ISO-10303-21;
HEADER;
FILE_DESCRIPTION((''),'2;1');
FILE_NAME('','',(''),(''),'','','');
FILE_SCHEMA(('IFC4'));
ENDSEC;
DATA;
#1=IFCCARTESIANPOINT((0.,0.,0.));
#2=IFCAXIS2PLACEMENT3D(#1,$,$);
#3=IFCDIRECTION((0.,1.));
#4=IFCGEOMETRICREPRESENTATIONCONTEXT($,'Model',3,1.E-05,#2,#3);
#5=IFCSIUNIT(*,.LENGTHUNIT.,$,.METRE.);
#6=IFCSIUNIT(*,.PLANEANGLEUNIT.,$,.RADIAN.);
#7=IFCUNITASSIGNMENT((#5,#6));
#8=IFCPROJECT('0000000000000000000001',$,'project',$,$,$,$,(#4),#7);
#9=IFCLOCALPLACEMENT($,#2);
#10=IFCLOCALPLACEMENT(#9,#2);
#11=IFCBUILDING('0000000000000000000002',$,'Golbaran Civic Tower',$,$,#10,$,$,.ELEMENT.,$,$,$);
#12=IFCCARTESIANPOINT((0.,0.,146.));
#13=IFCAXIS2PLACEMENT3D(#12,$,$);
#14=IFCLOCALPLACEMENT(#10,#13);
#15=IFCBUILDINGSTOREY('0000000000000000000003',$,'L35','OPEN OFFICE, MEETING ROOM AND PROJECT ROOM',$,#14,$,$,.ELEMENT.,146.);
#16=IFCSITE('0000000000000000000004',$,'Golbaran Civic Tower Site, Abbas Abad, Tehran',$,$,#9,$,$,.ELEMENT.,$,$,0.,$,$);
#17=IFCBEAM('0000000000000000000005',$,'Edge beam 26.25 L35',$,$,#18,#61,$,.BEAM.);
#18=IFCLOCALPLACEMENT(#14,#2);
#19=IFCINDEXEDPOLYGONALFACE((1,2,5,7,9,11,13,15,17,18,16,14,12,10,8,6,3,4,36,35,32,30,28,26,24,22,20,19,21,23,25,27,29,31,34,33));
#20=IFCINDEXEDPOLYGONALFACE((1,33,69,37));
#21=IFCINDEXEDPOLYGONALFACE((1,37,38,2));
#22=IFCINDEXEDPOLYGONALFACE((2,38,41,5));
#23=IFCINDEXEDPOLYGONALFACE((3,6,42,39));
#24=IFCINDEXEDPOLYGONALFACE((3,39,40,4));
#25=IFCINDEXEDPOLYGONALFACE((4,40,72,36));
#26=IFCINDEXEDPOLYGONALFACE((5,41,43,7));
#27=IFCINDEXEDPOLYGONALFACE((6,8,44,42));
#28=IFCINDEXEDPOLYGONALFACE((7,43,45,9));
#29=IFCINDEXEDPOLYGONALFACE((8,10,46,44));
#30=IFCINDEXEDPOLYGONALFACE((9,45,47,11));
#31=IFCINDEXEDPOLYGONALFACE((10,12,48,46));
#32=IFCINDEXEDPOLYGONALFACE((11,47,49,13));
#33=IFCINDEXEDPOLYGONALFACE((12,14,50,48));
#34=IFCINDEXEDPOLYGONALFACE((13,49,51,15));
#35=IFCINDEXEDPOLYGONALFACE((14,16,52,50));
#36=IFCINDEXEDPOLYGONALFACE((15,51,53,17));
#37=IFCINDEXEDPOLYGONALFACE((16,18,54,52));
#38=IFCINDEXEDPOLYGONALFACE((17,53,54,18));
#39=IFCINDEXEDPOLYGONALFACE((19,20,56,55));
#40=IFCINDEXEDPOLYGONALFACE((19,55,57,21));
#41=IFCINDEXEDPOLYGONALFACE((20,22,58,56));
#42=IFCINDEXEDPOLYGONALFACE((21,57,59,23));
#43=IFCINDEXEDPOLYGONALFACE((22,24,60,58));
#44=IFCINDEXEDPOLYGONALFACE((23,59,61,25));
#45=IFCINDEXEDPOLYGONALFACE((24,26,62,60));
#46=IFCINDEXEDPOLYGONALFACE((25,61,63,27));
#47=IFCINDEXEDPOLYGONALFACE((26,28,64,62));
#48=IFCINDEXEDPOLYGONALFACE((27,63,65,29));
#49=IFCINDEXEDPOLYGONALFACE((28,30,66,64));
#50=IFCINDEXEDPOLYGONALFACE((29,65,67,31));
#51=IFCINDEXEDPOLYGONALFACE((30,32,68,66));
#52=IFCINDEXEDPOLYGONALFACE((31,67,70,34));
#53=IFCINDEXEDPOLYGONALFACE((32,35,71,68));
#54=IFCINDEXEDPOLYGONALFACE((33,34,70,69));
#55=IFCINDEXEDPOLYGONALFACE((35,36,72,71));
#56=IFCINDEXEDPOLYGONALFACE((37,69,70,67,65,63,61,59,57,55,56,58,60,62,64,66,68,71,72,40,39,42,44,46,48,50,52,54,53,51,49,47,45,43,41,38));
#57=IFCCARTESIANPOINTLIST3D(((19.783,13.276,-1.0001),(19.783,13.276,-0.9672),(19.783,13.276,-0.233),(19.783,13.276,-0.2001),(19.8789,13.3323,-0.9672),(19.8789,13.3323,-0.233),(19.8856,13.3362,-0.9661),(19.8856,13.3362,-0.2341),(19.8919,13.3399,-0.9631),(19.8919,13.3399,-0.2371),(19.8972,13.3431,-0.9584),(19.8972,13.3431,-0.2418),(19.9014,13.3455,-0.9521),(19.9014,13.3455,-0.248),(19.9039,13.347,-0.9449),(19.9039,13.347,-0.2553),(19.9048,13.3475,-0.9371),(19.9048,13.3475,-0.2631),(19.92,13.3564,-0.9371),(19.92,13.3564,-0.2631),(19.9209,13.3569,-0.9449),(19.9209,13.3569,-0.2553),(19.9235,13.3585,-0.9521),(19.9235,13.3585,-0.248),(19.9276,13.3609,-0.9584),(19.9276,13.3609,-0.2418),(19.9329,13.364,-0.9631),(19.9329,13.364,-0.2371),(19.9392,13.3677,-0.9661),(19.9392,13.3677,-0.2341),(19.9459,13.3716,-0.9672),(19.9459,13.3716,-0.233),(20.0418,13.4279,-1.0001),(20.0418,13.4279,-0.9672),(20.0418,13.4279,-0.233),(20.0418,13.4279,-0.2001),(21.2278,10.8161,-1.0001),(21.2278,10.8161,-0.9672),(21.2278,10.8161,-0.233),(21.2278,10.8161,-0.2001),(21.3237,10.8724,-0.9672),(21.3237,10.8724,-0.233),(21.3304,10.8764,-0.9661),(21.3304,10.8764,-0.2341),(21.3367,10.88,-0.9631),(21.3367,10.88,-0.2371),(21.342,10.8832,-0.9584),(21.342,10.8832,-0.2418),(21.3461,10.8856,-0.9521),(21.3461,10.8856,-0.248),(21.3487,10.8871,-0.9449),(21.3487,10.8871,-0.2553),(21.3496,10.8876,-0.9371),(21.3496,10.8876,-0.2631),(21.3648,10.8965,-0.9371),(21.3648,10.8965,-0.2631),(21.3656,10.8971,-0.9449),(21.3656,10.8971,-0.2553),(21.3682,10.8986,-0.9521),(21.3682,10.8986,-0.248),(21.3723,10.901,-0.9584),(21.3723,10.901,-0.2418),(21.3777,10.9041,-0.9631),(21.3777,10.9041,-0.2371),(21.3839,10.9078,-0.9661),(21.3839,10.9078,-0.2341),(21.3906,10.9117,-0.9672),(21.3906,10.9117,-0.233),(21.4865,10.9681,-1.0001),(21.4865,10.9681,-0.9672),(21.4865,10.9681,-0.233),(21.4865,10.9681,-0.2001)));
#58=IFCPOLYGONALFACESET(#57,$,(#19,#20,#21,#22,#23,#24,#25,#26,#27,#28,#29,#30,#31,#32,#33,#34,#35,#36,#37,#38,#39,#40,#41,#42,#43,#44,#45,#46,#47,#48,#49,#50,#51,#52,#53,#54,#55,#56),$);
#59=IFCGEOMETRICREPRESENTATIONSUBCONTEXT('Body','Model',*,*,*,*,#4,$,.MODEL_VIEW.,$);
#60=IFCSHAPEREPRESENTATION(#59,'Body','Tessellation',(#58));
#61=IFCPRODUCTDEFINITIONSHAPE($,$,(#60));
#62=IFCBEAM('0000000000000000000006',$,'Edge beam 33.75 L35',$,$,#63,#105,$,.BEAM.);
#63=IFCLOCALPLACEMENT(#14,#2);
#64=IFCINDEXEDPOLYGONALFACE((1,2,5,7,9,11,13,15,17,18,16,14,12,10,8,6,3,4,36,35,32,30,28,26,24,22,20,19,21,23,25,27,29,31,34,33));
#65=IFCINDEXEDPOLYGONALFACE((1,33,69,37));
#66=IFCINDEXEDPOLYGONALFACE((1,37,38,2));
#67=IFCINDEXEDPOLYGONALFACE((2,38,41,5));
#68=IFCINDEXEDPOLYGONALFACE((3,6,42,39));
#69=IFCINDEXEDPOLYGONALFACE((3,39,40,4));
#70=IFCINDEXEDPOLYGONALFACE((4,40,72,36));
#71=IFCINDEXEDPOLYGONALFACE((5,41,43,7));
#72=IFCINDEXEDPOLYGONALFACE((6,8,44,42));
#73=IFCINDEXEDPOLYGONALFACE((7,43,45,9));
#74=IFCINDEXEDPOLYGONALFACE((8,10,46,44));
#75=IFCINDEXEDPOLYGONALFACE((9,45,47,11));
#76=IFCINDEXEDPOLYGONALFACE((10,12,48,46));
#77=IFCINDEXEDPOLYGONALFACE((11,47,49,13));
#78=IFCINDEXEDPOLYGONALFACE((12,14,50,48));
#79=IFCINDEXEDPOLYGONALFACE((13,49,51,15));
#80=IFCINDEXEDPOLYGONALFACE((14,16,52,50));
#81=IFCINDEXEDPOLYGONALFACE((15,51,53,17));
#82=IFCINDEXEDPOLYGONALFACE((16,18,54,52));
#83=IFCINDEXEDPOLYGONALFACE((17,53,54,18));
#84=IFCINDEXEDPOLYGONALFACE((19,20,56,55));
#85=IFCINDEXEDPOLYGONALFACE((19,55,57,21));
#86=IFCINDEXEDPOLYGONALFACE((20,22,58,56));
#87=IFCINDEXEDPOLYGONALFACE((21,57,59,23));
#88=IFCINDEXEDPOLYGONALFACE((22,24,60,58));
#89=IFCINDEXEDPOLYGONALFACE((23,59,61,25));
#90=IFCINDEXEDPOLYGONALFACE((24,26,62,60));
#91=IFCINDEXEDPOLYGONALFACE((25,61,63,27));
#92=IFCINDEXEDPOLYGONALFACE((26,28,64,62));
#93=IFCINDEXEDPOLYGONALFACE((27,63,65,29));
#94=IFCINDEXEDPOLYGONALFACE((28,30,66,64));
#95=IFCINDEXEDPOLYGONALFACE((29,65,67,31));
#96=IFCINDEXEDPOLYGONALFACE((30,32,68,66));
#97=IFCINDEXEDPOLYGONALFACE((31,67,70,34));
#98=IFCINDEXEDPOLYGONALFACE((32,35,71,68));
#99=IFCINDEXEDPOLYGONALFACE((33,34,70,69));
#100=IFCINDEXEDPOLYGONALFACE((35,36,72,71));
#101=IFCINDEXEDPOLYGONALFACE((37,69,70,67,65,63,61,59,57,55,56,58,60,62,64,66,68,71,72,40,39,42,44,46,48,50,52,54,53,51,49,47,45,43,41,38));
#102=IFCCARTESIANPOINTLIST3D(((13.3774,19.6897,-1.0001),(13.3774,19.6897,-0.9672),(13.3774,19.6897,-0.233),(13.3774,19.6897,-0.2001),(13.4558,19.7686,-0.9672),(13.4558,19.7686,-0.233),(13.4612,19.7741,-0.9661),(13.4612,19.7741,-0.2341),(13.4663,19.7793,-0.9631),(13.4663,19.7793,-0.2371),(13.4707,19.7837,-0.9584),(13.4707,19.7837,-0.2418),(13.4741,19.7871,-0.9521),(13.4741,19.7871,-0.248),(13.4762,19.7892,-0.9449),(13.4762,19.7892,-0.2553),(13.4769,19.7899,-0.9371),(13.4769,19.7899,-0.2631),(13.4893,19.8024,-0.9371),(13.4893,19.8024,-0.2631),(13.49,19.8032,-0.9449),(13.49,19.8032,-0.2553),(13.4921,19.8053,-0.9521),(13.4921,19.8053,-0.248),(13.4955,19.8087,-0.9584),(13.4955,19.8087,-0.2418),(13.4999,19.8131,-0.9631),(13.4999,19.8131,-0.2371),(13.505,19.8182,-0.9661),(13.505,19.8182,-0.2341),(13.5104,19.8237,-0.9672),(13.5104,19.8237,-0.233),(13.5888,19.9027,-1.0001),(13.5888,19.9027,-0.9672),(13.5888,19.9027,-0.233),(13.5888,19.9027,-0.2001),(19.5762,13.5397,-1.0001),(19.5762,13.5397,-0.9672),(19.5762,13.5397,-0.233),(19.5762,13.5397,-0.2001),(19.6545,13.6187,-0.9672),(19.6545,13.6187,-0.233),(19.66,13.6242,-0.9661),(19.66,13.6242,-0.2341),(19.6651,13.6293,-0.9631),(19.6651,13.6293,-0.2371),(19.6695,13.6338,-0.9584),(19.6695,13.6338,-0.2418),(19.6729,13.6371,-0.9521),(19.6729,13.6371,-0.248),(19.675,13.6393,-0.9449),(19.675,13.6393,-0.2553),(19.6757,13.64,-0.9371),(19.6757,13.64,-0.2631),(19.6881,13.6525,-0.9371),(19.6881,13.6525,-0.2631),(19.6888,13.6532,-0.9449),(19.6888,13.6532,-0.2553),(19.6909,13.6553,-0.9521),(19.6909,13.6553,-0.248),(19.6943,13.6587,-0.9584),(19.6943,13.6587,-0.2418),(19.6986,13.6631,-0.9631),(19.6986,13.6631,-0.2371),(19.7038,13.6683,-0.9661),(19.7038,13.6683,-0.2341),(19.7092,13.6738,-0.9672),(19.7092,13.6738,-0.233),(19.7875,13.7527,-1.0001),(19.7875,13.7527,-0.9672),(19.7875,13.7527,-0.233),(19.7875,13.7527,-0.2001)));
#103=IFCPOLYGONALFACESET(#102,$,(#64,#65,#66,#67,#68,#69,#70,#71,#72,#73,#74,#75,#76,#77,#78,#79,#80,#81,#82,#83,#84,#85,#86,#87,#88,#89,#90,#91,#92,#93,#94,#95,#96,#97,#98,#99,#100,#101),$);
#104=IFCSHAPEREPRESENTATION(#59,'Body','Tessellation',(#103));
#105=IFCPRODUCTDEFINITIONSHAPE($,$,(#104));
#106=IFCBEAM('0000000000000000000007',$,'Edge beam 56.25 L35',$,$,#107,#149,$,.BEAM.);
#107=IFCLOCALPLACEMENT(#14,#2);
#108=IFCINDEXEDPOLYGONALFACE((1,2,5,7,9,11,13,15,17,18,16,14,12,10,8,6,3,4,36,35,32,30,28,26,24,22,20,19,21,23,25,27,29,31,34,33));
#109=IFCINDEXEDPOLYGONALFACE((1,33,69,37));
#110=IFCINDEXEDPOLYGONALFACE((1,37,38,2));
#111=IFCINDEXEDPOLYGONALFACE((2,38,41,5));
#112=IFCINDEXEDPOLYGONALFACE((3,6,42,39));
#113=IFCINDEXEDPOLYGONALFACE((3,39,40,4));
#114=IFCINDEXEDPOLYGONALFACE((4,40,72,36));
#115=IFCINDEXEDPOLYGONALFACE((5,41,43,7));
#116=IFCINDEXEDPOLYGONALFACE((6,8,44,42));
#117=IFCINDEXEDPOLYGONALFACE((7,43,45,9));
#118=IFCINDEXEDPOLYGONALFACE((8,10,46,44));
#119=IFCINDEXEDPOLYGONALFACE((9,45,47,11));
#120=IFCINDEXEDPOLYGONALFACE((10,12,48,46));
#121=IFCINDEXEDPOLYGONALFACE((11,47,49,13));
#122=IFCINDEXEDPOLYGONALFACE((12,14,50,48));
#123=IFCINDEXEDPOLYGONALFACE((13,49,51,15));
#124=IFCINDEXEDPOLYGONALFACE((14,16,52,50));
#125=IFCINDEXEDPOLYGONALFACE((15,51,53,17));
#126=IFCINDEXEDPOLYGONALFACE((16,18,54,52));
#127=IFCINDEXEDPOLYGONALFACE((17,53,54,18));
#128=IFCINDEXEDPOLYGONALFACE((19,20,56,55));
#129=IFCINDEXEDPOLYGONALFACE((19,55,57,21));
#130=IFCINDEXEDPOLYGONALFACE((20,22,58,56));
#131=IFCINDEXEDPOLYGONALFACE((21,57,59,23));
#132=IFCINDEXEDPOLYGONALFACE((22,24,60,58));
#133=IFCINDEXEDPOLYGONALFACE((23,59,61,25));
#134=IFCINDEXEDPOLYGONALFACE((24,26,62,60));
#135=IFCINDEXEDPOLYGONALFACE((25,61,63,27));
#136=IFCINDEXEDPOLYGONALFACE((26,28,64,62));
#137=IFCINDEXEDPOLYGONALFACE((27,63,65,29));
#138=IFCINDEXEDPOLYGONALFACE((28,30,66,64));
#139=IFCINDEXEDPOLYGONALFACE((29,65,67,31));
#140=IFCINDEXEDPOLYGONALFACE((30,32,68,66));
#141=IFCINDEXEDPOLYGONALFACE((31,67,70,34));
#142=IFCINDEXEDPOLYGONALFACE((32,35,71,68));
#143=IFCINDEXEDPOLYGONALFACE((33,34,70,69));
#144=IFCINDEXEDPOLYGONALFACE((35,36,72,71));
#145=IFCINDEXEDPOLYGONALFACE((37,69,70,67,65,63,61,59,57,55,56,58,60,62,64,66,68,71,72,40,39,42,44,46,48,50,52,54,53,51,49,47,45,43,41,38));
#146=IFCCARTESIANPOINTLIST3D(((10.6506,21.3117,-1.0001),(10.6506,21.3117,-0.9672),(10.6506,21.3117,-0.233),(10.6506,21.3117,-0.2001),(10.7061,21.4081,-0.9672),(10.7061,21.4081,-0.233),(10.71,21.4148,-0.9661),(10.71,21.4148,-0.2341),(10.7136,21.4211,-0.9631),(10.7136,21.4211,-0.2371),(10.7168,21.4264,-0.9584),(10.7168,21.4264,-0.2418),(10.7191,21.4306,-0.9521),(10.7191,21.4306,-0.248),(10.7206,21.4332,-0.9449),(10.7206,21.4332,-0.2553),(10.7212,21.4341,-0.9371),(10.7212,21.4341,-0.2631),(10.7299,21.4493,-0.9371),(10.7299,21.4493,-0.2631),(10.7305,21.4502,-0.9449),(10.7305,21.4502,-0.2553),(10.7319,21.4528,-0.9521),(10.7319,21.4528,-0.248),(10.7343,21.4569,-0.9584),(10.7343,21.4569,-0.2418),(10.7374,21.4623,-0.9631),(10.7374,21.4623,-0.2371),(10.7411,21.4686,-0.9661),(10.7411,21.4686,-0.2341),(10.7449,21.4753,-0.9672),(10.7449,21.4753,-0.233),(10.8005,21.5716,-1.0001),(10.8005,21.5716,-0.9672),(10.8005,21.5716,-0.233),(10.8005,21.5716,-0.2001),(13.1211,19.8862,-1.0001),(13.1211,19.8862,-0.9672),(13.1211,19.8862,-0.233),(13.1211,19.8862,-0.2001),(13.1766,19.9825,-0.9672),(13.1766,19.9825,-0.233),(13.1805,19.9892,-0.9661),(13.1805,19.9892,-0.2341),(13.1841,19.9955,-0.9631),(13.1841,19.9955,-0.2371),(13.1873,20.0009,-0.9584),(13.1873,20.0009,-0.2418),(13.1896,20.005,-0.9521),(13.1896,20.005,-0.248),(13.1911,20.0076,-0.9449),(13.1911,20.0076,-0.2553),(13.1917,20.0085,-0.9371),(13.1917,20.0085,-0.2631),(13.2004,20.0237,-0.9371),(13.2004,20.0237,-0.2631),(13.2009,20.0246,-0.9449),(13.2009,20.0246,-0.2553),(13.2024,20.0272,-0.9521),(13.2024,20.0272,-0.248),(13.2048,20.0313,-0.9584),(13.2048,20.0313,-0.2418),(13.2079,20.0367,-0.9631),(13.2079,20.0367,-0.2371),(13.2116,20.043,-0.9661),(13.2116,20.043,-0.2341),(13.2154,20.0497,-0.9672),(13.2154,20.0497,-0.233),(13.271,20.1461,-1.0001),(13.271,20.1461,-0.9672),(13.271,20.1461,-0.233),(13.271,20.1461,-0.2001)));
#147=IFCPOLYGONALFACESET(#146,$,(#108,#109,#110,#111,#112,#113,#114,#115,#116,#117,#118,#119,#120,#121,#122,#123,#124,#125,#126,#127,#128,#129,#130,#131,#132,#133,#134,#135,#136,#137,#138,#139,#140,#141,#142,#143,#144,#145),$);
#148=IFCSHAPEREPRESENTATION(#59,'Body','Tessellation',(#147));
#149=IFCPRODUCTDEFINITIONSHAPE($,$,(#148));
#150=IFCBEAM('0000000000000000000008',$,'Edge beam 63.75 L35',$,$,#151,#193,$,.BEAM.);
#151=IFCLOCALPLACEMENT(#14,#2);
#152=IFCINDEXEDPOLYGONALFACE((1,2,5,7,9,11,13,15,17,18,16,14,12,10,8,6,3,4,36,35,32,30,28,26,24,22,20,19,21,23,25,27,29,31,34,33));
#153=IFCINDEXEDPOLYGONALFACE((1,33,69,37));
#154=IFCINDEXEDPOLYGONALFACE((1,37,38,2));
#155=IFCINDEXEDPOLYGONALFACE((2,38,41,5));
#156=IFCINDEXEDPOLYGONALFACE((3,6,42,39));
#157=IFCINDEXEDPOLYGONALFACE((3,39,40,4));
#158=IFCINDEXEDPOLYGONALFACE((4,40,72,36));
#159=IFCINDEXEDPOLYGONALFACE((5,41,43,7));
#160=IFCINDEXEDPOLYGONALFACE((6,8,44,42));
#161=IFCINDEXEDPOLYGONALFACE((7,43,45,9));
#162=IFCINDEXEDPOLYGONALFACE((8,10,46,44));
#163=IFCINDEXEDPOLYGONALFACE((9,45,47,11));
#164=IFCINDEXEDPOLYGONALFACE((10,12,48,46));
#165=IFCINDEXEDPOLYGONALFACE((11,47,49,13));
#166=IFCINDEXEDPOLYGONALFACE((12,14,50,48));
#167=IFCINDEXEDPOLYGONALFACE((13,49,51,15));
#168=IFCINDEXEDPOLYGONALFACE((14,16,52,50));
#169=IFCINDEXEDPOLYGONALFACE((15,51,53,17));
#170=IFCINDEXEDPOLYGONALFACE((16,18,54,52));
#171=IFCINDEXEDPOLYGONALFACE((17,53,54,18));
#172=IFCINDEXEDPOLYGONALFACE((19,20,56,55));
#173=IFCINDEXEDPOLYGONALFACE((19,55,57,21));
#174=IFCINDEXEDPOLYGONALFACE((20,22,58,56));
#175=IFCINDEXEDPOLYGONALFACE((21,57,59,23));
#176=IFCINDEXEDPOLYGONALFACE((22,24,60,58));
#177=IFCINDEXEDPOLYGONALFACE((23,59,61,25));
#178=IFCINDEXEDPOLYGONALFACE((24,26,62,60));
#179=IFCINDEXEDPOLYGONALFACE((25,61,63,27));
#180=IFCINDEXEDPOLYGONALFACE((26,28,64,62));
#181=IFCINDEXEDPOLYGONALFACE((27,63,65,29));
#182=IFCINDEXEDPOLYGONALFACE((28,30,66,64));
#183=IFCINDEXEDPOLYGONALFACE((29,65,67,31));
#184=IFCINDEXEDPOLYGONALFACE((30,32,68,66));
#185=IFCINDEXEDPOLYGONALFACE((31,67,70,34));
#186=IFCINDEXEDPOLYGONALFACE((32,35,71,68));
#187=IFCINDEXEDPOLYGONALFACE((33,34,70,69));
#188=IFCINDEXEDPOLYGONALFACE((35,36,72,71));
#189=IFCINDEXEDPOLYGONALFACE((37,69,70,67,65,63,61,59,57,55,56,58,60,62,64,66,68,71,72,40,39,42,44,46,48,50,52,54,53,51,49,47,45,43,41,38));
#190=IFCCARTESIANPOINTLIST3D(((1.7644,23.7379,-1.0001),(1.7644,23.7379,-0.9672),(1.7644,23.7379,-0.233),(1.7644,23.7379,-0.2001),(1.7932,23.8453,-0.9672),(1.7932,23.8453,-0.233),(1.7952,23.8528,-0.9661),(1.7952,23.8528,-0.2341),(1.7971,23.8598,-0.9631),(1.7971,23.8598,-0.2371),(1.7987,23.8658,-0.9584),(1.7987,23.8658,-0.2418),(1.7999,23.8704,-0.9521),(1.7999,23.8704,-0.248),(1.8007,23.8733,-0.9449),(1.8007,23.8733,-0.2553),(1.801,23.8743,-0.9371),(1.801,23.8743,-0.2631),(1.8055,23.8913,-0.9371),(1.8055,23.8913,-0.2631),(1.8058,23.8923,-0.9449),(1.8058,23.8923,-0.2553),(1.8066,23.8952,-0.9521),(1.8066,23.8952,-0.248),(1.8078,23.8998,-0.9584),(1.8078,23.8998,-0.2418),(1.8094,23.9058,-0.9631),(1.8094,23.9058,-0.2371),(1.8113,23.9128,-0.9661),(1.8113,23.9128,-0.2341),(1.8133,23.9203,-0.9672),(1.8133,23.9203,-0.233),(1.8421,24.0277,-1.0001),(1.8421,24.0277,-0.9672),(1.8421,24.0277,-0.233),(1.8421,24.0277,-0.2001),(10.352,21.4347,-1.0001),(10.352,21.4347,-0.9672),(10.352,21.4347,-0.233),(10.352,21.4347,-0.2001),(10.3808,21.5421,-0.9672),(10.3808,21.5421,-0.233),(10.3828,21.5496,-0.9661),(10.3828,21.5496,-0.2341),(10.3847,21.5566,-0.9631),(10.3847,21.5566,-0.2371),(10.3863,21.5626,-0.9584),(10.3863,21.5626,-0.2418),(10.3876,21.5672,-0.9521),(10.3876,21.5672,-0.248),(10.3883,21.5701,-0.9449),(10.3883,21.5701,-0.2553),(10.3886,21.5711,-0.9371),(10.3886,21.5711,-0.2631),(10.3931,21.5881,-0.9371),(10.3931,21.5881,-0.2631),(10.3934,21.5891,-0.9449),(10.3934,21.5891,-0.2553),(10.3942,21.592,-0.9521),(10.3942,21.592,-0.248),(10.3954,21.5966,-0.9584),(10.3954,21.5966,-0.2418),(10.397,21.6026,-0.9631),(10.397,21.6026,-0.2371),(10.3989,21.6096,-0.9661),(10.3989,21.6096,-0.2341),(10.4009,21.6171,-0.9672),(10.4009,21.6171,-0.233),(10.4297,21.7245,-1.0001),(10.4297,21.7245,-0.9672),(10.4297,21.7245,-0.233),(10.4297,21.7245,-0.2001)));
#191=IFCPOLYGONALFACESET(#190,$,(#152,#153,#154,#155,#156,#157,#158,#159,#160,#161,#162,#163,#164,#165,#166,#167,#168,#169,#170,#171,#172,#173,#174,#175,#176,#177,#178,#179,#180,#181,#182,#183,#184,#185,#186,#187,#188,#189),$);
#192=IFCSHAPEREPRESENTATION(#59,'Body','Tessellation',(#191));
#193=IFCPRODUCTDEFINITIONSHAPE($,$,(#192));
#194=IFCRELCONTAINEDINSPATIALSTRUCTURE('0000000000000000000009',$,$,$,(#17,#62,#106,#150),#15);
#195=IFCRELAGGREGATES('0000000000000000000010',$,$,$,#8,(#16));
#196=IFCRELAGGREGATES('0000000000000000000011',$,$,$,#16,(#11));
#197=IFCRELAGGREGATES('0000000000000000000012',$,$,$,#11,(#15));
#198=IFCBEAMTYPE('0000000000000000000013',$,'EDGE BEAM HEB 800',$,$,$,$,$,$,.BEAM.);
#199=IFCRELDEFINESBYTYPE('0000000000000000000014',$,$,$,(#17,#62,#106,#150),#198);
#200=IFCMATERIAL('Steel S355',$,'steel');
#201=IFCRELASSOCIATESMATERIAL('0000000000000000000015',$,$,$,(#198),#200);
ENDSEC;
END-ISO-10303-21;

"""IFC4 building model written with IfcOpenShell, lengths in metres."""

from ifc_helpers import new_model, si_unit, direction, frame, origin, origin_2d, place, context, subcontext, project, spatial, i_section, extrude, material, material_profile, profile_set, type_object, element, save


model = new_model("IFC4")

# Units and contexts
model_context = context("Model", 3, precision=1e-05, world=origin(), true_north=direction((0.0, 1.0)))
body_context = subcontext(model_context, "Body", "Model", "MODEL_VIEW")
ifc_project = project(units=[si_unit("LENGTHUNIT", "METRE"), si_unit("PLANEANGLEUNIT", "RADIAN")], contexts=[model_context])

# Site, building, storey
site_placement = place(None, origin())
site = spatial("IfcSite", under=ifc_project, at=site_placement, Name="Golbaran Civic Tower Site, Abbas Abad, Tehran", CompositionType="ELEMENT", RefElevation=0.0)
building_placement = place(site_placement, origin())
building = spatial("IfcBuilding", under=site, at=building_placement, Name="Golbaran Civic Tower", CompositionType="ELEMENT")
storey_placement = place(building_placement, frame((0.0, 0.0, 146.0)))
storey = spatial("IfcBuildingStorey", under=building, at=storey_placement, Name="L35", Description="OPEN OFFICE, MEETING ROOM AND PROJECT ROOM", CompositionType="ELEMENT", Elevation=146.0)

# Beams
ifc_material_1 = material(Name="Steel S355", Category="steel")
ifc_material_profile_1 = material_profile(ifc_material_1, i_section(OverallWidth=0.3, OverallDepth=0.8, WebThickness=0.0176, FlangeThickness=0.033, FilletRadius=0.03, at=origin_2d()), Name="HEB 800")
ifc_profile_set_1 = profile_set([ifc_material_profile_1], Name="Steel S355")
beam_type_1 = type_object("IfcBeamType", Name="EDGE BEAM HEB 800", PredefinedType="BEAM", material=ifc_profile_set_1)
beam_1_placement = place(storey_placement, frame((21.3572, 10.8921, -0.6001), z_axis=(-0.506444, 0.862273, 0.0), x_axis=(-0.862273, -0.506444, 0.0)))
element("IfcBeam", 1, at=beam_1_placement, inside=storey, type_object=beam_type_1, Name="Edge beam 26.25 L35", PredefinedType="BEAM", context=body_context, shape_type="SweptSolid", body=[
    extrude(i_section(OverallWidth=0.3, OverallDepth=0.8, WebThickness=0.0176, FlangeThickness=0.033, FilletRadius=0.03, at=origin_2d()), origin(), (0.0, 0.0, 1.0), 2.8528),
])
beam_2_placement = place(storey_placement, frame((19.6819, 13.6462, -0.6001), z_axis=(-0.709897, 0.704305, 0.0), x_axis=(-0.704305, -0.709897, 0.0)))
element("IfcBeam", 2, at=beam_2_placement, inside=storey, type_object=beam_type_1, Name="Edge beam 33.75 L35", PredefinedType="BEAM", context=body_context, shape_type="SweptSolid", body=[
    extrude(i_section(OverallWidth=0.3, OverallDepth=0.8, WebThickness=0.0176, FlangeThickness=0.033, FilletRadius=0.03, at=origin_2d()), origin(), (0.0, 0.0, 1.0), 8.7319),
])
beam_3_placement = place(storey_placement, frame((13.196, 20.0161, -0.6001), z_axis=(-0.866144, 0.499794, 0.0), x_axis=(-0.499794, -0.866144, 0.0)))
element("IfcBeam", 3, at=beam_3_placement, inside=storey, type_object=beam_type_1, Name="Edge beam 56.25 L35", PredefinedType="BEAM", context=body_context, shape_type="SweptSolid", body=[
    extrude(i_section(OverallWidth=0.3, OverallDepth=0.8, WebThickness=0.0176, FlangeThickness=0.033, FilletRadius=0.03, at=origin_2d()), origin(), (0.0, 0.0, 1.0), 2.8523),
])
beam_4_placement = place(storey_placement, frame((10.3909, 21.5796, -0.6001), z_axis=(-0.965865, 0.259047, 0.0), x_axis=(-0.259047, -0.965865, 0.0)))
element("IfcBeam", 4, at=beam_4_placement, inside=storey, type_object=beam_type_1, Name="Edge beam 63.75 L35", PredefinedType="BEAM", context=body_context, shape_type="SweptSolid", body=[
    extrude(i_section(OverallWidth=0.3, OverallDepth=0.8, WebThickness=0.0176, FlangeThickness=0.033, FilletRadius=0.03, at=origin_2d()), origin(), (0.0, 0.0, 1.0), 8.8911),
])

save(model, "model.ifc")
